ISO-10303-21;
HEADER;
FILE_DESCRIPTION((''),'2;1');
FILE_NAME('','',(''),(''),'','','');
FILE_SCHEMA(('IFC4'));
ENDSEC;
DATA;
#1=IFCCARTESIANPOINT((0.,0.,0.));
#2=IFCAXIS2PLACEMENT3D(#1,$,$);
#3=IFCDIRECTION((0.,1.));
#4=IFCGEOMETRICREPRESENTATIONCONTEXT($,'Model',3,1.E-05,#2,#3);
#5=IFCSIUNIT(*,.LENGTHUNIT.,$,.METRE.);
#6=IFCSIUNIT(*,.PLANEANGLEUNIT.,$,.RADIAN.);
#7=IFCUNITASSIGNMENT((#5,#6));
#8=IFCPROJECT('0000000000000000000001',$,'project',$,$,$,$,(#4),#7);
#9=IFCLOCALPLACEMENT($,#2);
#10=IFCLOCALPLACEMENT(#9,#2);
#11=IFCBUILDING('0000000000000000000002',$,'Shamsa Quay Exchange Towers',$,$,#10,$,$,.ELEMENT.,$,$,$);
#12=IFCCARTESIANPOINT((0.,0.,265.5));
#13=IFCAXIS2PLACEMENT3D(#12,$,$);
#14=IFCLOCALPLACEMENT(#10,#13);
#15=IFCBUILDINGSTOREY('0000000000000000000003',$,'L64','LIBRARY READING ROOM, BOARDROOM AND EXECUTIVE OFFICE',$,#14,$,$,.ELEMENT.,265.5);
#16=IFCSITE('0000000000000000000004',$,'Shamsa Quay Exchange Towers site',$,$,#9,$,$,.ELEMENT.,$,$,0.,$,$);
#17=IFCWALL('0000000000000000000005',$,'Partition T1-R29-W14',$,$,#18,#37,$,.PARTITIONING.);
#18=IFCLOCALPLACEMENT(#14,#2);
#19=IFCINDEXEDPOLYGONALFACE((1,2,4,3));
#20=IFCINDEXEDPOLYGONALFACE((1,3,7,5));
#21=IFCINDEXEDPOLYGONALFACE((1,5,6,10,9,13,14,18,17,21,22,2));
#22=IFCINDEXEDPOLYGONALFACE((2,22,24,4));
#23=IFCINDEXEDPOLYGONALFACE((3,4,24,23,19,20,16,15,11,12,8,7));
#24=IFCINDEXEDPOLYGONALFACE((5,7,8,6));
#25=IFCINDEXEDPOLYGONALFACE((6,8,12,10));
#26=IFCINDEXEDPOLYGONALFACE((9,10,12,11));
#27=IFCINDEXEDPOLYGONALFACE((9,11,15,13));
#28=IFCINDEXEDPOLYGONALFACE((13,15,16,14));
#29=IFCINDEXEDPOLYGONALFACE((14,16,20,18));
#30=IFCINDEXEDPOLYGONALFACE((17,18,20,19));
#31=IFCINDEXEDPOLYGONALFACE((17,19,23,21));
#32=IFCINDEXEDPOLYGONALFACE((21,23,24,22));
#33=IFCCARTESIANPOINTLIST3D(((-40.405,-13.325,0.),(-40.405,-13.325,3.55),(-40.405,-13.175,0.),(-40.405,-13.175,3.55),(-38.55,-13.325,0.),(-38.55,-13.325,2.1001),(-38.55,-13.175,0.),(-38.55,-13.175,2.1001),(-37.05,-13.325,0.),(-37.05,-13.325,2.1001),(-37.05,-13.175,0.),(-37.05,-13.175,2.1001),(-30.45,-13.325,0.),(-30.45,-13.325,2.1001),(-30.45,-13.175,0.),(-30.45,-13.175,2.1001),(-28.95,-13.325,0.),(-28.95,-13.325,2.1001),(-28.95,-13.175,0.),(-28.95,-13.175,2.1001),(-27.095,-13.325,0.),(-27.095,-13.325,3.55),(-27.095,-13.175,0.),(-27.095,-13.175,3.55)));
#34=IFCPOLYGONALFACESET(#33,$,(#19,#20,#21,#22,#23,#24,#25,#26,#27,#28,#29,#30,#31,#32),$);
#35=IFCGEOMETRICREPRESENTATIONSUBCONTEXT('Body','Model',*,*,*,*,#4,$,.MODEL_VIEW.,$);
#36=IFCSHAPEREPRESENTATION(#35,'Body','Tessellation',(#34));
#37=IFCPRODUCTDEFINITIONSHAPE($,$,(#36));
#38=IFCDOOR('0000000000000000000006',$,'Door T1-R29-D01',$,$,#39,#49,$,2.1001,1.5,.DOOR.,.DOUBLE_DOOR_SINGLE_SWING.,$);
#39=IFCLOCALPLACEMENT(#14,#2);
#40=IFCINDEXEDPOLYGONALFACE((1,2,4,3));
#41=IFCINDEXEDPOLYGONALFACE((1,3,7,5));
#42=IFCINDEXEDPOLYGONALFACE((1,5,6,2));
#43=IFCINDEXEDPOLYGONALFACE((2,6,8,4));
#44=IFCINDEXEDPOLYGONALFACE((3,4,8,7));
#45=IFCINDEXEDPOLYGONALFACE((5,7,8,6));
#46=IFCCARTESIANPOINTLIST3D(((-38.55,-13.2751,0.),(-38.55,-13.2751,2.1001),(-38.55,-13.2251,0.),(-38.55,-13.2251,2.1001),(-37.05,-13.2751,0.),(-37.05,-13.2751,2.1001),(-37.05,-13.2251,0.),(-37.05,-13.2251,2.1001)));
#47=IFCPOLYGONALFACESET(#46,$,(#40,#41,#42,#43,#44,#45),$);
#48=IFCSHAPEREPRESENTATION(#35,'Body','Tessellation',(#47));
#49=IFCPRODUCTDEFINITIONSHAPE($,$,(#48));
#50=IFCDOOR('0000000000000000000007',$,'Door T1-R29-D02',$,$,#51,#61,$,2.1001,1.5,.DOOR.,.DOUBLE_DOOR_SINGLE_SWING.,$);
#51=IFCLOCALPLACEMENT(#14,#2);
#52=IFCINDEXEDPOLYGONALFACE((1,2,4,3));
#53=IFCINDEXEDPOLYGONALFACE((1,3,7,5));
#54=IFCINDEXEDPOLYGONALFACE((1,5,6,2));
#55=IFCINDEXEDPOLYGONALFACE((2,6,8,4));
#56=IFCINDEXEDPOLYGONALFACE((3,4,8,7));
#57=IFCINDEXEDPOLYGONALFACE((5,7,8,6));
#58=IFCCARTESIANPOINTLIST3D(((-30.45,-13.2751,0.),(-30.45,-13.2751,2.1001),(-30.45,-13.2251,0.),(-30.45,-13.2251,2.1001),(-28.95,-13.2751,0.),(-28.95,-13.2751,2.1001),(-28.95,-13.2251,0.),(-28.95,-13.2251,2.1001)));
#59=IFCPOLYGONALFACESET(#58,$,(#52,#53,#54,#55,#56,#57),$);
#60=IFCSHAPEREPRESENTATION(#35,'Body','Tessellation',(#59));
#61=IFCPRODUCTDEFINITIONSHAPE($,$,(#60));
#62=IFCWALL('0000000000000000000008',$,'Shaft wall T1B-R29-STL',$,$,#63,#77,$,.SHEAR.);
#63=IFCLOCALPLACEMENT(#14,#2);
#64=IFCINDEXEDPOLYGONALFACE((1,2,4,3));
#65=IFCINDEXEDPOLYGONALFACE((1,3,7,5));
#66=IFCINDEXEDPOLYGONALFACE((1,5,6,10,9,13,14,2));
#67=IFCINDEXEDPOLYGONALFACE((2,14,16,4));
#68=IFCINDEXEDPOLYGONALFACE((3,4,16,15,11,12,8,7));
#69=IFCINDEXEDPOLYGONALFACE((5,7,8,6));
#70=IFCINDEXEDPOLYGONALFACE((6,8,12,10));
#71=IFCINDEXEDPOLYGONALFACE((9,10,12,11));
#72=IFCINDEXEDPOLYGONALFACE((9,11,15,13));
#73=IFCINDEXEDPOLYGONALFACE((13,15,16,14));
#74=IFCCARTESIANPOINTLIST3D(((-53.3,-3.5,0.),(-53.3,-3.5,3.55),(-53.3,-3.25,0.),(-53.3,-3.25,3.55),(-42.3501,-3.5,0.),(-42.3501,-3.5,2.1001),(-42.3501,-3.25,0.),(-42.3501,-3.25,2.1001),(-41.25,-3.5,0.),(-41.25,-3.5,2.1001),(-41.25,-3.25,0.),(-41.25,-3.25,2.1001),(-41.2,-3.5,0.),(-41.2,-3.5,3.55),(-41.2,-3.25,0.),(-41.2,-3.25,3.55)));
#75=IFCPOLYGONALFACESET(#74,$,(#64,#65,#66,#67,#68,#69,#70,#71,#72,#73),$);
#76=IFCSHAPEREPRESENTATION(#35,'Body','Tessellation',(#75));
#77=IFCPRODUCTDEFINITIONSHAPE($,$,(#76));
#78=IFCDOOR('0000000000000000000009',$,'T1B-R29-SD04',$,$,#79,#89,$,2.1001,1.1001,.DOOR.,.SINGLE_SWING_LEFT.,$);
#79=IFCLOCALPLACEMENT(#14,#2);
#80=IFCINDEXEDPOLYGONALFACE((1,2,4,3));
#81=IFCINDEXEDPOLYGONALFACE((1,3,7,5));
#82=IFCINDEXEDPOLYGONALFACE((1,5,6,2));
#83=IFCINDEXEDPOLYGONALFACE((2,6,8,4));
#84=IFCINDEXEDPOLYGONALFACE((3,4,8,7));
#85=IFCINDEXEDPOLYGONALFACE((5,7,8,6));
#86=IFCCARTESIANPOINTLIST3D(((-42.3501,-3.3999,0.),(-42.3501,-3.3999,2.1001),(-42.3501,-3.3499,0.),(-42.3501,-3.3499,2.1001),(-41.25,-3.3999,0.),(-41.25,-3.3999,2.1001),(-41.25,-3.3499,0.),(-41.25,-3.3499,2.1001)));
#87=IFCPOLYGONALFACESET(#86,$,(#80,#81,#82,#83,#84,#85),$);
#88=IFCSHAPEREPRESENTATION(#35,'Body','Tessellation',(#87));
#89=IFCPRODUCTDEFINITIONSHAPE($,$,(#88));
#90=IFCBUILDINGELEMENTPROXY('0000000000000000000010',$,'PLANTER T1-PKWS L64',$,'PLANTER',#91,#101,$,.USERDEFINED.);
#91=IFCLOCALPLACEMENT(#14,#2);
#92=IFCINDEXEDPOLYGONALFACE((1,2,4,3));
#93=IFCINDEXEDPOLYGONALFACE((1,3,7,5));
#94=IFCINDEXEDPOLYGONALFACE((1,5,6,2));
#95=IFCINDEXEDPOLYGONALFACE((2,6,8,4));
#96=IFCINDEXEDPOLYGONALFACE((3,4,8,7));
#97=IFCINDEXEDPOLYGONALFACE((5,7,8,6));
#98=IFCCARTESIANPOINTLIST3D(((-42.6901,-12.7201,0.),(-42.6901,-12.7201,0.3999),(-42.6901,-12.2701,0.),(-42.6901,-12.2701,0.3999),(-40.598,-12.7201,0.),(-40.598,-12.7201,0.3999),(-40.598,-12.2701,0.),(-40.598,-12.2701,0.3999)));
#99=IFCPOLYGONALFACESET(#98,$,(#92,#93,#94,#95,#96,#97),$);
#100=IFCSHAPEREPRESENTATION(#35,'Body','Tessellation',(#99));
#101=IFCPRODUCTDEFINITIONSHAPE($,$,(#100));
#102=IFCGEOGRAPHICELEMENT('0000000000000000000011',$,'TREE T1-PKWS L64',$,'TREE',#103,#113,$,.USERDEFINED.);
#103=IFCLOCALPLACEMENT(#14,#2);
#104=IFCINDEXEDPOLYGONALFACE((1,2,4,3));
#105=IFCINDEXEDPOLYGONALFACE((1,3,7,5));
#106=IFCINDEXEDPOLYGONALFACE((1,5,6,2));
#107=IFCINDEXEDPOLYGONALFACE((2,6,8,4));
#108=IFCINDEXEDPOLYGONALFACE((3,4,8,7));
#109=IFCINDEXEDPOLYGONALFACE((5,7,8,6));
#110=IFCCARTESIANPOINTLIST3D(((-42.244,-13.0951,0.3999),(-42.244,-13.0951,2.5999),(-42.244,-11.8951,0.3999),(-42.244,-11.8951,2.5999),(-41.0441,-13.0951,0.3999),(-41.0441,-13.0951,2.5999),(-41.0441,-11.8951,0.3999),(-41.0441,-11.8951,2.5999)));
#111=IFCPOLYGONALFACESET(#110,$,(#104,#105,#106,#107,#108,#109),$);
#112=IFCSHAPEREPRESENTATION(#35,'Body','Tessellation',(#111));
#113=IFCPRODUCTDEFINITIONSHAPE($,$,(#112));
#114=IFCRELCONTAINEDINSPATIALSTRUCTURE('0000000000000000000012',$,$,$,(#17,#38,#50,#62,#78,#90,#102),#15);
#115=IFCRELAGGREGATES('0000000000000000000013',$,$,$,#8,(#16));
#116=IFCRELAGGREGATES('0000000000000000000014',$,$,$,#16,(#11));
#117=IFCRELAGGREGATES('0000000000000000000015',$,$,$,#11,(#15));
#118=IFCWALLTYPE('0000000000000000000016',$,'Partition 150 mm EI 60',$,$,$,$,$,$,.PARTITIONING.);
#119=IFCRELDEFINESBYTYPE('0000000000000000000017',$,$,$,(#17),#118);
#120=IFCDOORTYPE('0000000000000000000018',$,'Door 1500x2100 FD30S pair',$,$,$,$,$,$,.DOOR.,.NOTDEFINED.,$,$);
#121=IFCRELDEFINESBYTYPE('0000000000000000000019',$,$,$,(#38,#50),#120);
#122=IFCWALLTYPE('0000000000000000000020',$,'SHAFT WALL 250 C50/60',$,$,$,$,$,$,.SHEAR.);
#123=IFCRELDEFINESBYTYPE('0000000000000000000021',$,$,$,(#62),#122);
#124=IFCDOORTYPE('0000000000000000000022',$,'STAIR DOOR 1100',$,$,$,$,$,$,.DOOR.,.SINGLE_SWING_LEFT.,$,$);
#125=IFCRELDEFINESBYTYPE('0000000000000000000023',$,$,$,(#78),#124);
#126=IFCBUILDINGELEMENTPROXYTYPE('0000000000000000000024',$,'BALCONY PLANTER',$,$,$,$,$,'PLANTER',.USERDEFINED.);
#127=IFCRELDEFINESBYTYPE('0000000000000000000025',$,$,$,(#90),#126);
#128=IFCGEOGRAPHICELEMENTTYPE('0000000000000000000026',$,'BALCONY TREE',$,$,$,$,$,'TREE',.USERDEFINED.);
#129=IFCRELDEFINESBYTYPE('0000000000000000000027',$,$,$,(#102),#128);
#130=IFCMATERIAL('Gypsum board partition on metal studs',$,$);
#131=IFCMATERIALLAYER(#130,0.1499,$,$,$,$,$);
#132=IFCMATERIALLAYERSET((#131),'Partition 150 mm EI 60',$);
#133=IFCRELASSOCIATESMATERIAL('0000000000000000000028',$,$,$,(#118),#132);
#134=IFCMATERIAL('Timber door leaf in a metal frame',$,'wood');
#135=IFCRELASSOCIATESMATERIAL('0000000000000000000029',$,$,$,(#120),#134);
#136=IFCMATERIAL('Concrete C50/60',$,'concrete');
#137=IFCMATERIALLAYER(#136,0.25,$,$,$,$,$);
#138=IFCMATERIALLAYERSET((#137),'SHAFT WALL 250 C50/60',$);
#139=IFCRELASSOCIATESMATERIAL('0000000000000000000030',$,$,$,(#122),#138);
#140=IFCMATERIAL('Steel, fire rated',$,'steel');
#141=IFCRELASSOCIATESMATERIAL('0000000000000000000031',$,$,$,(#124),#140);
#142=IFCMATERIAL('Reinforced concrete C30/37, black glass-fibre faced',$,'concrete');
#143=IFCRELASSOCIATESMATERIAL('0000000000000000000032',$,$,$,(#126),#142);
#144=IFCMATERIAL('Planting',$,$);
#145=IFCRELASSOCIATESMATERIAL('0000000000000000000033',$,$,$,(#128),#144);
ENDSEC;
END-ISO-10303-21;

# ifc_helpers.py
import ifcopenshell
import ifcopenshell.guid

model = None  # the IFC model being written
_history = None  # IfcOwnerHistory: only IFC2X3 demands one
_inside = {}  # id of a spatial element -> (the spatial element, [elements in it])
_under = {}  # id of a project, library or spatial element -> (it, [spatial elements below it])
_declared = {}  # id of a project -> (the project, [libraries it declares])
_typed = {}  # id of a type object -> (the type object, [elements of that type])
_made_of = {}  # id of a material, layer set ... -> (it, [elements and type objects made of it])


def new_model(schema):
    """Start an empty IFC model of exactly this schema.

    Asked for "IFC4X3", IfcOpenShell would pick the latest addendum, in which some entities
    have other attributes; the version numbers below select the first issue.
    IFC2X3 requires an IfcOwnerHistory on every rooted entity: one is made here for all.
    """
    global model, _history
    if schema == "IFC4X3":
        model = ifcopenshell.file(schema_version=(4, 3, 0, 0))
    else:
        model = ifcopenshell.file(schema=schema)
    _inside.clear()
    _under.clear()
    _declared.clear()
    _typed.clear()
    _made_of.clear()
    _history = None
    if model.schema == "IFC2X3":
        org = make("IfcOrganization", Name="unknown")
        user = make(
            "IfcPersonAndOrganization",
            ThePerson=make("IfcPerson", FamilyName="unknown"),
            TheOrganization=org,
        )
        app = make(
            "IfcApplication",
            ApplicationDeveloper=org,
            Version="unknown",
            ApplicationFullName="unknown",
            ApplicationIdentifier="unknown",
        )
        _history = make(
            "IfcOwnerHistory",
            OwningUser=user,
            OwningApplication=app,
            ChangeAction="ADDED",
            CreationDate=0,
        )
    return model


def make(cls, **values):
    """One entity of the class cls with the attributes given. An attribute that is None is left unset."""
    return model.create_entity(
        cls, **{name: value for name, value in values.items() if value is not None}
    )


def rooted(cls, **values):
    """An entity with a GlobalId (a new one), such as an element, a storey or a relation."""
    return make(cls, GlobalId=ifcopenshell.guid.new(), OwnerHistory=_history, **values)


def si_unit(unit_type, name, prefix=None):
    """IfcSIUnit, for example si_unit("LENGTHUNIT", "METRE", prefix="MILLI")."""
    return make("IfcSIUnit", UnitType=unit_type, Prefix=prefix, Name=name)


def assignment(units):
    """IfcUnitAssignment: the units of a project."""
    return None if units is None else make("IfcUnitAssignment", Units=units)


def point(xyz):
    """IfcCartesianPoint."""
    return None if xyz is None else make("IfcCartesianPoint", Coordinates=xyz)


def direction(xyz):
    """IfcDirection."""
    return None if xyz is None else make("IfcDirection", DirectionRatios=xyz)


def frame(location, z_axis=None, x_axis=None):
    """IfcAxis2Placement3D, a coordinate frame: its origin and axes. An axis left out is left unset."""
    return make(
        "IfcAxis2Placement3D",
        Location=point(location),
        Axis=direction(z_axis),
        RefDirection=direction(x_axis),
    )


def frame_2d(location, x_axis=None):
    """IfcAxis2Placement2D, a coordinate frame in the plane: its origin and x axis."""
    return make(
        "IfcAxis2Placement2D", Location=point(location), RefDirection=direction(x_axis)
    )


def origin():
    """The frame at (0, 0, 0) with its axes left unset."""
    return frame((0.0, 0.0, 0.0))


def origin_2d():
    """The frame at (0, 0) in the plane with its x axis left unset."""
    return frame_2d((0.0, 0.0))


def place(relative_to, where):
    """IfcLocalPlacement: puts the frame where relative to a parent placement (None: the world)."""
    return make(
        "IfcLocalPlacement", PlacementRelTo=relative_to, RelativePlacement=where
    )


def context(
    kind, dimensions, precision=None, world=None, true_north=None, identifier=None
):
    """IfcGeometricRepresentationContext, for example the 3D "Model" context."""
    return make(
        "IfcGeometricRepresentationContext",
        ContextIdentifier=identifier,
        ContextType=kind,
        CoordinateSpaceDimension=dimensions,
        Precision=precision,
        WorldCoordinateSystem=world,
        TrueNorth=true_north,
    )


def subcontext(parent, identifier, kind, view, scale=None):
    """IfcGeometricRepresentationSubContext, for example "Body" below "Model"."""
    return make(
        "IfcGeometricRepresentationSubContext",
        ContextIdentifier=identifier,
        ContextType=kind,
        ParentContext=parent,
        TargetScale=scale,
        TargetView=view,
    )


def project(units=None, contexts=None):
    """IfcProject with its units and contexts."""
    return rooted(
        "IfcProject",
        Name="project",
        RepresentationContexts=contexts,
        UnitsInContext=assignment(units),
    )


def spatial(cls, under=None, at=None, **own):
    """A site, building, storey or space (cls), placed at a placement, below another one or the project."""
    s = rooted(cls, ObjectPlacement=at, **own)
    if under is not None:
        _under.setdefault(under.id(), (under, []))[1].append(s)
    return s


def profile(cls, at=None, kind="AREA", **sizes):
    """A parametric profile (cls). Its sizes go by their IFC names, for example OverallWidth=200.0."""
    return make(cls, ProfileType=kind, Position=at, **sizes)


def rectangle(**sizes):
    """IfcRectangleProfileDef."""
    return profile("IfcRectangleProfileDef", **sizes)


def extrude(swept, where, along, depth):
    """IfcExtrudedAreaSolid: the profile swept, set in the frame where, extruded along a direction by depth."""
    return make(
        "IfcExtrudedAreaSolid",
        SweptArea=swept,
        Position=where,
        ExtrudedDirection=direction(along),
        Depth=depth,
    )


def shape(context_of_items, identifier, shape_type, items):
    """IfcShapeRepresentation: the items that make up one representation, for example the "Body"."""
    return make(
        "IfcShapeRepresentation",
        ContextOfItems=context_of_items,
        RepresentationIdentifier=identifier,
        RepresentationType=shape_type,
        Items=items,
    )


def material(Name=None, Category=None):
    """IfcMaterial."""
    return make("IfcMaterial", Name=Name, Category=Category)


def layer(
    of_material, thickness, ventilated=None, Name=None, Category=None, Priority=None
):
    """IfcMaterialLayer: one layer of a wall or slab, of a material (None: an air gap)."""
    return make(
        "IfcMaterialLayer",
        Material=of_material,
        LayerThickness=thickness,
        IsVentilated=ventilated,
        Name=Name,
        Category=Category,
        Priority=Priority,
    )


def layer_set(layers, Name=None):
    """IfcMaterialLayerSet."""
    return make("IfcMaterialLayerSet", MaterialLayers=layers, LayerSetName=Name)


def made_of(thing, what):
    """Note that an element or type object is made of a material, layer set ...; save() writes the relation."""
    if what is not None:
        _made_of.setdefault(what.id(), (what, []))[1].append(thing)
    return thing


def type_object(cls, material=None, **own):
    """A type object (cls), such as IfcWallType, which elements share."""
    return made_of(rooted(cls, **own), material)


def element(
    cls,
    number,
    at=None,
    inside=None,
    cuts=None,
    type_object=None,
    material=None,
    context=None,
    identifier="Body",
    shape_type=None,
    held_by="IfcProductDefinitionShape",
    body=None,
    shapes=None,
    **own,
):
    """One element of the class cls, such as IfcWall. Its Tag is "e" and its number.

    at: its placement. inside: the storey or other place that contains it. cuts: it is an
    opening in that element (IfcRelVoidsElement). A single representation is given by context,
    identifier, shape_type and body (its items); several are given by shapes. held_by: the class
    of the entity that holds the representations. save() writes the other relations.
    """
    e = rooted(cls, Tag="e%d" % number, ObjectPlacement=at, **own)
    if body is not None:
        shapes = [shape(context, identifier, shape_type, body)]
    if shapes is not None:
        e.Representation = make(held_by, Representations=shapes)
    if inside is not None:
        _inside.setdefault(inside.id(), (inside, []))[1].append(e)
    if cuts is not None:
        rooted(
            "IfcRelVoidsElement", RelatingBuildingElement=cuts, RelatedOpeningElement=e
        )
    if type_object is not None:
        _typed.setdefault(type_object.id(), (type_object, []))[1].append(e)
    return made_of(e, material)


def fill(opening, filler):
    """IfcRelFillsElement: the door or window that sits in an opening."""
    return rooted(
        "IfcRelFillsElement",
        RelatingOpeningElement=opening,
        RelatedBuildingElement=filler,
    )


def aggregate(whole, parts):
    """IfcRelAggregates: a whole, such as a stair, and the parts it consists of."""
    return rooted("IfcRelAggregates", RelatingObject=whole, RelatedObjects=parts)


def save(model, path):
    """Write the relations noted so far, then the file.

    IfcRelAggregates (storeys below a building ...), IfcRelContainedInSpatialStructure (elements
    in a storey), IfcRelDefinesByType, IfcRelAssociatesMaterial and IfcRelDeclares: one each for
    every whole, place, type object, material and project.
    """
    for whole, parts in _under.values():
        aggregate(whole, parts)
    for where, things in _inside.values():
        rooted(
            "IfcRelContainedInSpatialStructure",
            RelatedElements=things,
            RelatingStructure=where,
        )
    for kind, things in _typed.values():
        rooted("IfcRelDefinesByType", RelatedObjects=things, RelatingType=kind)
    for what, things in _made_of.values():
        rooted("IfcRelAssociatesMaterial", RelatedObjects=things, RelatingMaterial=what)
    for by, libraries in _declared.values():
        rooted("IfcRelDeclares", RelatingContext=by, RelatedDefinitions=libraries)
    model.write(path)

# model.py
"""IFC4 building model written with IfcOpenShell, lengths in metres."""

from ifc_helpers import new_model, si_unit, direction, frame, frame_2d, origin, origin_2d, place, context, subcontext, project, spatial, rectangle, extrude, material, layer, layer_set, type_object, element, fill, save


model = new_model("IFC4")

# Units and contexts
model_context = context("Model", 3, precision=1e-05, world=origin(), true_north=direction((0.0, 1.0)))
body_context = subcontext(model_context, "Body", "Model", "MODEL_VIEW")
ifc_project = project(units=[si_unit("LENGTHUNIT", "METRE"), si_unit("PLANEANGLEUNIT", "RADIAN")], contexts=[model_context])

# Site, building, storey
site_placement = place(None, origin())
site = spatial("IfcSite", under=ifc_project, at=site_placement, Name="Shamsa Quay Exchange Towers site", CompositionType="ELEMENT", RefElevation=0.0)
building_placement = place(site_placement, origin())
building = spatial("IfcBuilding", under=site, at=building_placement, Name="Shamsa Quay Exchange Towers", CompositionType="ELEMENT")
storey_placement = place(building_placement, frame((0.0, 0.0, 265.5)))
storey = spatial("IfcBuildingStorey", under=building, at=storey_placement, Name="L64", Description="LIBRARY READING ROOM, BOARDROOM AND EXECUTIVE OFFICE", CompositionType="ELEMENT", Elevation=265.5)

# Shared definitions
ifc_material_1 = material(Name="Timber door leaf in a metal frame", Category="wood")

# Shared definitions
ifc_material_2 = material(Name="Steel, fire rated", Category="steel")
ifc_material_3 = material(Name="Gypsum board partition on metal studs")
ifc_layer_1 = layer(ifc_material_3, 0.1499)
ifc_layer_set_1 = layer_set([ifc_layer_1], Name="Partition 150 mm EI 60")
wall_type_1 = type_object("IfcWallType", Name="Partition 150 mm EI 60", PredefinedType="PARTITIONING", material=ifc_layer_set_1)

# Wall, openings, doors
wall_1_placement = place(storey_placement, frame((-40.405, -13.25, 0.0)))
wall_1 = element("IfcWall", 1, at=wall_1_placement, inside=storey, type_object=wall_type_1, Name="Partition T1-R29-W14", PredefinedType="PARTITIONING", context=body_context, shape_type="SweptSolid", body=[
    extrude(rectangle(XDim=13.3101, YDim=0.1499, at=frame_2d((6.655, 0.0))), origin(), (0.0, 0.0, 1.0), 3.55),
])
opening_1_placement = place(wall_1_placement, frame((1.855, 0.0, 0.0)))
opening_1 = element("IfcOpeningElement", 2, at=opening_1_placement, cuts=wall_1, PredefinedType="OPENING", context=body_context, shape_type="SweptSolid", body=[
    extrude(rectangle(XDim=1.5, YDim=2.1001, at=frame_2d((0.75, 1.05))), frame((0.0, 0.085, 0.0), z_axis=(0.0, -1.0, 0.0), x_axis=(1.0, 0.0, 0.0)), (0.0, 0.0, 1.0), 0.1699),
])
opening_2_placement = place(wall_1_placement, frame((9.9551, 0.0, 0.0)))
opening_2 = element("IfcOpeningElement", 3, at=opening_2_placement, cuts=wall_1, PredefinedType="OPENING", context=body_context, shape_type="SweptSolid", body=[
    extrude(rectangle(XDim=1.5, YDim=2.1001, at=frame_2d((0.75, 1.05))), frame((0.0, 0.085, 0.0), z_axis=(0.0, -1.0, 0.0), x_axis=(1.0, 0.0, 0.0)), (0.0, 0.0, 1.0), 0.1699),
])
door_type_1 = type_object("IfcDoorType", Name="Door 1500x2100 FD30S pair", OperationType="NOTDEFINED", PredefinedType="DOOR", material=ifc_material_1)
door_1_placement = place(opening_1_placement, origin())
door_1 = element("IfcDoor", 4, at=door_1_placement, inside=storey, type_object=door_type_1, Name="Door T1-R29-D01", OperationType="DOUBLE_DOOR_SINGLE_SWING", OverallHeight=2.1001, OverallWidth=1.5, PredefinedType="DOOR", context=body_context, shape_type="SweptSolid", body=[
    extrude(rectangle(XDim=1.5, YDim=2.1001, at=frame_2d((0.75, 1.05))), frame((0.0, 0.0249, 0.0), z_axis=(0.0, -1.0, 0.0), x_axis=(1.0, 0.0, 0.0)), (0.0, 0.0, 1.0), 0.05),
])
fill(opening_1, door_1)
door_2_placement = place(opening_2_placement, origin())
door_2 = element("IfcDoor", 5, at=door_2_placement, inside=storey, type_object=door_type_1, Name="Door T1-R29-D02", OperationType="DOUBLE_DOOR_SINGLE_SWING", OverallHeight=2.1001, OverallWidth=1.5, PredefinedType="DOOR", context=body_context, shape_type="SweptSolid", body=[
    extrude(rectangle(XDim=1.5, YDim=2.1001, at=frame_2d((0.75, 1.05))), frame((0.0, 0.0249, 0.0), z_axis=(0.0, -1.0, 0.0), x_axis=(1.0, 0.0, 0.0)), (0.0, 0.0, 1.0), 0.05),
])
fill(opening_2, door_2)

# Wall, opening, door
ifc_material_4 = material(Name="Concrete C50/60", Category="concrete")
ifc_layer_2 = layer(ifc_material_4, 0.25)
ifc_layer_set_2 = layer_set([ifc_layer_2], Name="SHAFT WALL 250 C50/60")
wall_type_2 = type_object("IfcWallType", Name="SHAFT WALL 250 C50/60", PredefinedType="SHEAR", material=ifc_layer_set_2)
wall_2_placement = place(storey_placement, frame((-41.2, -3.375, 0.0), z_axis=(0.0, 0.0, 1.0), x_axis=(-1.0, 0.0, 0.0)))
wall_2 = element("IfcWall", 6, at=wall_2_placement, inside=storey, type_object=wall_type_2, Name="Shaft wall T1B-R29-STL", PredefinedType="SHEAR", context=body_context, shape_type="SweptSolid", body=[
    extrude(rectangle(XDim=12.1001, YDim=0.25, at=frame_2d((6.05, 0.0))), origin(), (0.0, 0.0, 1.0), 3.55),
])
opening_3_placement = place(wall_2_placement, frame((0.05, 0.0, 0.0)))
opening_3 = element("IfcOpeningElement", 7, at=opening_3_placement, cuts=wall_2, PredefinedType="OPENING", context=body_context, shape_type="SweptSolid", body=[
    extrude(rectangle(XDim=1.1001, YDim=2.1001, at=frame_2d((0.55, 1.05))), frame((0.0, 0.135, 0.0), z_axis=(0.0, -1.0, 0.0), x_axis=(1.0, 0.0, 0.0)), (0.0, 0.0, 1.0), 0.27),
])
door_type_2 = type_object("IfcDoorType", Name="STAIR DOOR 1100", OperationType="SINGLE_SWING_LEFT", PredefinedType="DOOR", material=ifc_material_2)
door_3_placement = place(opening_3_placement, origin())
door_3 = element("IfcDoor", 8, at=door_3_placement, inside=storey, type_object=door_type_2, Name="T1B-R29-SD04", OperationType="SINGLE_SWING_LEFT", OverallHeight=2.1001, OverallWidth=1.1001, PredefinedType="DOOR", context=body_context, shape_type="SweptSolid", body=[
    extrude(rectangle(XDim=1.1001, YDim=2.1001, at=frame_2d((0.55, 1.05))), frame((0.0, 0.0249, 0.0), z_axis=(0.0, -1.0, 0.0), x_axis=(1.0, 0.0, 0.0)), (0.0, 0.0, 1.0), 0.05),
])
fill(opening_3, door_3)

# Building element proxy
ifc_material_5 = material(Name="Reinforced concrete C30/37, black glass-fibre faced", Category="concrete")
building_element_proxy_type = type_object("IfcBuildingElementProxyType", Name="BALCONY PLANTER", ElementType="PLANTER", PredefinedType="USERDEFINED", material=ifc_material_5)
proxy_placement = place(storey_placement, frame((-41.644, -12.4951, 0.0)))
element("IfcBuildingElementProxy", 9, at=proxy_placement, inside=storey, type_object=building_element_proxy_type, Name="PLANTER T1-PKWS L64", ObjectType="PLANTER", PredefinedType="USERDEFINED", context=body_context, shape_type="SweptSolid", body=[
    extrude(rectangle(XDim=2.092, YDim=0.45, at=origin_2d()), origin(), (0.0, 0.0, 1.0), 0.3999),
])

# Geographic element
ifc_material_6 = material(Name="Planting")
geographic_element_type = type_object("IfcGeographicElementType", Name="BALCONY TREE", ElementType="TREE", PredefinedType="USERDEFINED", material=ifc_material_6)
geographic_element_placement = place(storey_placement, frame((-41.644, -12.4951, 0.3999)))
element("IfcGeographicElement", 10, at=geographic_element_placement, inside=storey, type_object=geographic_element_type, Name="TREE T1-PKWS L64", ObjectType="TREE", PredefinedType="USERDEFINED", context=body_context, shape_type="SweptSolid", body=[
    extrude(rectangle(XDim=1.2, YDim=1.2, at=origin_2d()), origin(), (0.0, 0.0, 1.0), 2.2),
])

save(model, "model.ifc")
